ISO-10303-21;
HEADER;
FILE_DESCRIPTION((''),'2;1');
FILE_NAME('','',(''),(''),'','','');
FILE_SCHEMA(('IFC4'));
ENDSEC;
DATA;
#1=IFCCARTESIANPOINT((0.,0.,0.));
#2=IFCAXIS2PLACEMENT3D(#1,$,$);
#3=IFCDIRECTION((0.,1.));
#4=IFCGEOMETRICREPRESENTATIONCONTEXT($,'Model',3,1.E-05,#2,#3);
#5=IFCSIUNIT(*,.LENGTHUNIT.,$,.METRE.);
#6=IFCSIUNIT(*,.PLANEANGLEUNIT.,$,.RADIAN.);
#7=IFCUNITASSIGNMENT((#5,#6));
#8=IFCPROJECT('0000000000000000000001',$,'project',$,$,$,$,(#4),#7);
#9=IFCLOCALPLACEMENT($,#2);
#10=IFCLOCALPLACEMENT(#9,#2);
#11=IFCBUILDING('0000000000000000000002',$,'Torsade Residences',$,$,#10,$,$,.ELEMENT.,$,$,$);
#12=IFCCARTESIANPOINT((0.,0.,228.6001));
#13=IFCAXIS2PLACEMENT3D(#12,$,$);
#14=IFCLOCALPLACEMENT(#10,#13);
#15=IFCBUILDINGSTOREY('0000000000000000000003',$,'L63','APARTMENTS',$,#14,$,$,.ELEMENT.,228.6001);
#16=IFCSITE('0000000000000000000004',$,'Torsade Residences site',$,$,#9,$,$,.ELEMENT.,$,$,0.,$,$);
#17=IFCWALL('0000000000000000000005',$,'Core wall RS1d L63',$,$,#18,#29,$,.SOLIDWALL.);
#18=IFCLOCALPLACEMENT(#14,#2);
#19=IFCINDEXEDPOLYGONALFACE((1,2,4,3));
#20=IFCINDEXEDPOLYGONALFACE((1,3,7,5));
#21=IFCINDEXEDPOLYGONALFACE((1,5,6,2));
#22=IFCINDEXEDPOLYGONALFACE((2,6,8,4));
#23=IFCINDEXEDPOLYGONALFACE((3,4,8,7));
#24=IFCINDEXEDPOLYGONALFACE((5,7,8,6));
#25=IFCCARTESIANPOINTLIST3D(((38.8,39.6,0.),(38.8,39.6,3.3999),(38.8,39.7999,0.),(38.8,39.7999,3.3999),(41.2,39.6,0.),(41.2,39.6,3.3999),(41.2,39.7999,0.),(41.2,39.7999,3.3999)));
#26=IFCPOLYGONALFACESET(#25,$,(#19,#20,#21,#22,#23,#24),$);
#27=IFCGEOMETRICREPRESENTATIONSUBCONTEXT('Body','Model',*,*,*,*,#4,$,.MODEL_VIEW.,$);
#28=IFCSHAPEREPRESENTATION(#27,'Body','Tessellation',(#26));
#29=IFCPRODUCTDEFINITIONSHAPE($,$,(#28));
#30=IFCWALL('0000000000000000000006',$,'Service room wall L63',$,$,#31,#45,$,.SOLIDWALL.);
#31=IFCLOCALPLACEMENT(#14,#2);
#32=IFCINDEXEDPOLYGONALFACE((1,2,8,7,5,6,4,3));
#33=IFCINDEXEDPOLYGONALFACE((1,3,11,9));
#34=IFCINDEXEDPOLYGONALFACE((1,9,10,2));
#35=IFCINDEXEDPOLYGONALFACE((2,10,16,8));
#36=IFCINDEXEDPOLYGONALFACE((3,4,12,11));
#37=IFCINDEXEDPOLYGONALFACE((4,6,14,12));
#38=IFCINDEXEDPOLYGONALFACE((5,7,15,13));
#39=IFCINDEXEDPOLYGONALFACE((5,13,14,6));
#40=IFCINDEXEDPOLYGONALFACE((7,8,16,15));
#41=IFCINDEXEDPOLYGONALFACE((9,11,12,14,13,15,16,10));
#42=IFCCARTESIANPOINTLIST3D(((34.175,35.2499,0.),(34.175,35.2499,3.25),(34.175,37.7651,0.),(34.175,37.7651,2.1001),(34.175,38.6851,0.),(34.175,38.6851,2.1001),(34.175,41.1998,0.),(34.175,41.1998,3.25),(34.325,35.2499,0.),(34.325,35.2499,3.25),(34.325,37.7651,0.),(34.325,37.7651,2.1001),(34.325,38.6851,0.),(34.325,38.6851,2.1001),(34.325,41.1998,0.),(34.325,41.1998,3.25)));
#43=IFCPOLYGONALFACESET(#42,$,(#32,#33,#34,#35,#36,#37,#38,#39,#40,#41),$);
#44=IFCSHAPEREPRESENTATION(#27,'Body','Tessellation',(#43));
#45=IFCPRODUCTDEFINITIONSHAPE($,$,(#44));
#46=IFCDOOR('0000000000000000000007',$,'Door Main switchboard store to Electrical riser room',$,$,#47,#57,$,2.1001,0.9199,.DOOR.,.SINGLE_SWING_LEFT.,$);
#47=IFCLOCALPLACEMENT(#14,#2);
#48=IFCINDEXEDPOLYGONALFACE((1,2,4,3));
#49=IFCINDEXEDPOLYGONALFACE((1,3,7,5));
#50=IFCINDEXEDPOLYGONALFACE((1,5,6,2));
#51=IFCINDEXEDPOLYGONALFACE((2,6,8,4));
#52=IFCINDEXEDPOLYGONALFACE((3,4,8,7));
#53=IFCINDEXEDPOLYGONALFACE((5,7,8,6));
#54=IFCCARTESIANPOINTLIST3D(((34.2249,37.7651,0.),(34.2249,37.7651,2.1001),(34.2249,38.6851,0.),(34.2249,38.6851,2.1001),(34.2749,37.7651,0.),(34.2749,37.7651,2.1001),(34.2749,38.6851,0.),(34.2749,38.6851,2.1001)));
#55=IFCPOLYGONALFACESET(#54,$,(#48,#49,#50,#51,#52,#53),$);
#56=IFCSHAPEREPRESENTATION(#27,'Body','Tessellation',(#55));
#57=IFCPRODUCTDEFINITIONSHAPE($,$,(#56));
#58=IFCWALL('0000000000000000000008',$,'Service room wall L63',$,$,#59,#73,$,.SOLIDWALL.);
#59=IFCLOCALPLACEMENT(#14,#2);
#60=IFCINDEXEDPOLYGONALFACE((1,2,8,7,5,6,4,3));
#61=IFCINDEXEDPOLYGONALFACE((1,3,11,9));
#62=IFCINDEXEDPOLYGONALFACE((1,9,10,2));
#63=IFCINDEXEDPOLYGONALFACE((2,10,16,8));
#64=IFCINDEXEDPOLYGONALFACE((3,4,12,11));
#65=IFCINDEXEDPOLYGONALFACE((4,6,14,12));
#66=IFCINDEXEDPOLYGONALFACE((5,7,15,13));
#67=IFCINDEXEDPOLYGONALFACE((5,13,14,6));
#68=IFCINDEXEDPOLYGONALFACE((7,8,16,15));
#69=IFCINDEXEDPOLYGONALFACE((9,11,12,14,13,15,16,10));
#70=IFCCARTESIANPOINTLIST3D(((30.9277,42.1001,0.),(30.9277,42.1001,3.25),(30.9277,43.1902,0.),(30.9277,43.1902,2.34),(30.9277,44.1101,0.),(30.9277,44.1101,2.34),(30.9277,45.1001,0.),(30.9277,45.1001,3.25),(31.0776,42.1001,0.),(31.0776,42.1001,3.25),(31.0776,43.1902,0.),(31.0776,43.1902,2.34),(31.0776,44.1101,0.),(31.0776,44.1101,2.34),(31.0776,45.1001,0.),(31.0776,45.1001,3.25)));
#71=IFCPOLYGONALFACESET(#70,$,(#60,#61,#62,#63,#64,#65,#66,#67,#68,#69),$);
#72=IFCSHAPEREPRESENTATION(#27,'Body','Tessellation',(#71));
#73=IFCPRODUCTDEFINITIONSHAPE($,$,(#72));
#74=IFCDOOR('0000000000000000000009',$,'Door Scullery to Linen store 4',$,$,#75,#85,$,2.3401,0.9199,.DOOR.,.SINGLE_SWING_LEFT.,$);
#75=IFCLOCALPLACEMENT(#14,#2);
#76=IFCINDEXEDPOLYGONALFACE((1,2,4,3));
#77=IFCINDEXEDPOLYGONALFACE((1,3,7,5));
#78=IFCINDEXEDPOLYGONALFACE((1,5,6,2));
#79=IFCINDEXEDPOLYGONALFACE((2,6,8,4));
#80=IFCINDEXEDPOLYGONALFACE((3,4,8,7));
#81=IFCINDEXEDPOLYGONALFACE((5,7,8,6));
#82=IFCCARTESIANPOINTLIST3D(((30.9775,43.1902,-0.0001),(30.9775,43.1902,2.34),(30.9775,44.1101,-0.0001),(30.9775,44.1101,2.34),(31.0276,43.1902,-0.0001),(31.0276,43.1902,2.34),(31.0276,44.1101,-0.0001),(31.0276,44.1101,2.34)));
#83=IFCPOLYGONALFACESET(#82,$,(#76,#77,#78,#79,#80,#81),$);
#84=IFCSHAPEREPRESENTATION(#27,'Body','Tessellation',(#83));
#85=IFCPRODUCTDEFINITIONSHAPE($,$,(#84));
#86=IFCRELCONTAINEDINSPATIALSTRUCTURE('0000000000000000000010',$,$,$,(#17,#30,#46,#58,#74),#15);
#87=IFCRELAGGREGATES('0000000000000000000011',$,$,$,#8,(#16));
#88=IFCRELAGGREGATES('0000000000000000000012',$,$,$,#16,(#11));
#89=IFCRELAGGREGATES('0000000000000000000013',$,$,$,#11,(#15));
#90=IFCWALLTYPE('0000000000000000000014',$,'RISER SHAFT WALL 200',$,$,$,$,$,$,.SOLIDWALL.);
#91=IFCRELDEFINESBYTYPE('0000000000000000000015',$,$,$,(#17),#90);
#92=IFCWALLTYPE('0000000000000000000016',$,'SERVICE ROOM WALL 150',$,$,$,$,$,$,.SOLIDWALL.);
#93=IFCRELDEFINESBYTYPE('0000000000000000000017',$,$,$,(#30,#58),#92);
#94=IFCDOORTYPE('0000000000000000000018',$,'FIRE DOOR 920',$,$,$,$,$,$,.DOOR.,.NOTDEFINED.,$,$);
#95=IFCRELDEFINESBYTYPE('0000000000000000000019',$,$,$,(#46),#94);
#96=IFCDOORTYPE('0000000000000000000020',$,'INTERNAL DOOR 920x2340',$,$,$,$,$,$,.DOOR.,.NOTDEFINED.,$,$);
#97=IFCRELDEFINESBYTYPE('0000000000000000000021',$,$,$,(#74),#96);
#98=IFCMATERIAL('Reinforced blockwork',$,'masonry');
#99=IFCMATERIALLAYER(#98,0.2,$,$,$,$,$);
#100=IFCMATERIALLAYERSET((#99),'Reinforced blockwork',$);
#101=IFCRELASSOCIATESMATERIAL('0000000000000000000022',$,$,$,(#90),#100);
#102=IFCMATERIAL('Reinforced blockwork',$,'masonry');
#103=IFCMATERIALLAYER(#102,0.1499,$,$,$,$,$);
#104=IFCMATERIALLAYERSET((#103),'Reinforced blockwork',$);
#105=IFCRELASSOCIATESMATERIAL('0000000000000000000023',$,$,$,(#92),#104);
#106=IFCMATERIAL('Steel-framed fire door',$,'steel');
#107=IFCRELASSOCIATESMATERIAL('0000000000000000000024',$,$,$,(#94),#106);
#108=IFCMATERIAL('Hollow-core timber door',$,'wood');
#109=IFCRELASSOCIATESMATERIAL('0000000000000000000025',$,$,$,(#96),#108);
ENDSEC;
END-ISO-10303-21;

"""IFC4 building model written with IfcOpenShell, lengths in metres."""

from ifc_helpers import new_model, si_unit, direction, frame, frame_2d, origin, place, context, subcontext, project, spatial, rectangle, extrude, material, layer, layer_set, type_object, element, fill, save


model = new_model("IFC4")

# Units and contexts
model_context = context("Model", 3, precision=1e-05, world=origin(), true_north=direction((0.0, 1.0)))
body_context = subcontext(model_context, "Body", "Model", "MODEL_VIEW")
ifc_project = project(units=[si_unit("LENGTHUNIT", "METRE"), si_unit("PLANEANGLEUNIT", "RADIAN")], contexts=[model_context])

# Site, building, storey
site_placement = place(None, origin())
site = spatial("IfcSite", under=ifc_project, at=site_placement, Name="Torsade Residences site", CompositionType="ELEMENT", RefElevation=0.0)
building_placement = place(site_placement, origin())
building = spatial("IfcBuilding", under=site, at=building_placement, Name="Torsade Residences", CompositionType="ELEMENT")
storey_placement = place(building_placement, frame((0.0, 0.0, 228.6001)))
storey = spatial("IfcBuildingStorey", under=building, at=storey_placement, Name="L63", Description="APARTMENTS", CompositionType="ELEMENT", Elevation=228.6001)

# Wall
ifc_material_1 = material(Name="Reinforced blockwork", Category="masonry")
ifc_layer_1 = layer(ifc_material_1, 0.2)
ifc_layer_set_1 = layer_set([ifc_layer_1], Name="Reinforced blockwork")
wall_type_1 = type_object("IfcWallType", Name="RISER SHAFT WALL 200", PredefinedType="SOLIDWALL", material=ifc_layer_set_1)
wall_1_placement = place(storey_placement, frame((38.8, 39.7, 0.0), z_axis=(0.0, 0.0, 1.0), x_axis=(1.0, 0.0, 0.0)))
element("IfcWall", 1, at=wall_1_placement, inside=storey, type_object=wall_type_1, Name="Core wall RS1d L63", PredefinedType="SOLIDWALL", context=body_context, shape_type="SweptSolid", body=[
    extrude(rectangle(XDim=2.3999, YDim=0.2, at=frame_2d((1.2, 0.0))), origin(), (0.0, 0.0, 1.0), 3.3999),
])

# Walls, openings, doors
ifc_material_2 = material(Name="Reinforced blockwork", Category="masonry")
ifc_layer_2 = layer(ifc_material_2, 0.1499)
ifc_layer_set_2 = layer_set([ifc_layer_2], Name="Reinforced blockwork")
wall_type_2 = type_object("IfcWallType", Name="SERVICE ROOM WALL 150", PredefinedType="SOLIDWALL", material=ifc_layer_set_2)
wall_2_placement = place(storey_placement, frame((34.25, 41.2, 0.0), z_axis=(0.0, 0.0, 1.0), x_axis=(0.0, -1.0, 0.0)))
wall_2 = element("IfcWall", 2, at=wall_2_placement, inside=storey, type_object=wall_type_2, Name="Service room wall L63", PredefinedType="SOLIDWALL", context=body_context, shape_type="SweptSolid", body=[
    extrude(rectangle(XDim=5.95, YDim=0.1499, at=frame_2d((2.9751, 0.0))), origin(), (0.0, 0.0, 1.0), 3.25),
])
opening_1_placement = place(wall_2_placement, frame((2.5149, 0.0, 0.0)))
opening_1 = element("IfcOpeningElement", 3, at=opening_1_placement, cuts=wall_2, PredefinedType="OPENING", context=body_context, shape_type="SweptSolid", body=[
    extrude(rectangle(XDim=0.9199, YDim=2.1001, at=frame_2d((0.46, 1.05))), frame((0.0, 0.085, 0.0), z_axis=(0.0, -1.0, 0.0), x_axis=(1.0, 0.0, 0.0)), (0.0, 0.0, 1.0), 0.1699),
])
ifc_material_3 = material(Name="Steel-framed fire door", Category="steel")
door_type_1 = type_object("IfcDoorType", Name="FIRE DOOR 920", OperationType="NOTDEFINED", PredefinedType="DOOR", material=ifc_material_3)
door_1_placement = place(opening_1_placement, origin())
door_1 = element("IfcDoor", 4, at=door_1_placement, inside=storey, type_object=door_type_1, Name="Door Main switchboard store to Electrical riser room", OperationType="SINGLE_SWING_LEFT", OverallHeight=2.1001, OverallWidth=0.9199, PredefinedType="DOOR", context=body_context, shape_type="SweptSolid", body=[
    extrude(rectangle(XDim=0.9199, YDim=2.1001, at=frame_2d((0.46, 1.05))), frame((0.0, 0.0249, 0.0), z_axis=(0.0, -1.0, 0.0), x_axis=(1.0, 0.0, 0.0)), (0.0, 0.0, 1.0), 0.05),
])
fill(opening_1, door_1)
wall_3_placement = place(storey_placement, frame((31.0027, 45.1001, 0.0), z_axis=(0.0, 0.0, 1.0), x_axis=(0.0, -1.0, 0.0)))
wall_3 = element("IfcWall", 5, at=wall_3_placement, inside=storey, type_object=wall_type_2, Name="Service room wall L63", PredefinedType="SOLIDWALL", context=body_context, shape_type="SweptSolid", body=[
    extrude(rectangle(XDim=3.0, YDim=0.1499, at=frame_2d((1.5, 0.0))), origin(), (0.0, 0.0, 1.0), 3.25),
])
opening_2_placement = place(wall_3_placement, frame((0.99, 0.0, 0.0)))
opening_2 = element("IfcOpeningElement", 6, at=opening_2_placement, cuts=wall_3, PredefinedType="OPENING", context=body_context, shape_type="SweptSolid", body=[
    extrude(rectangle(XDim=0.9199, YDim=2.3401, at=frame_2d((0.46, 1.1699))), frame((0.0, 0.085, 0.0), z_axis=(0.0, -1.0, 0.0), x_axis=(1.0, 0.0, 0.0)), (0.0, 0.0, 1.0), 0.1699),
])
ifc_material_4 = material(Name="Hollow-core timber door", Category="wood")
door_type_2 = type_object("IfcDoorType", Name="INTERNAL DOOR 920x2340", OperationType="NOTDEFINED", PredefinedType="DOOR", material=ifc_material_4)
door_2_placement = place(opening_2_placement, origin())
door_2 = element("IfcDoor", 7, at=door_2_placement, inside=storey, type_object=door_type_2, Name="Door Scullery to Linen store 4", OperationType="SINGLE_SWING_LEFT", OverallHeight=2.3401, OverallWidth=0.9199, PredefinedType="DOOR", context=body_context, shape_type="SweptSolid", body=[
    extrude(rectangle(XDim=0.9199, YDim=2.3401, at=frame_2d((0.46, 1.1699))), frame((0.0, 0.0249, 0.0), z_axis=(0.0, -1.0, 0.0), x_axis=(1.0, 0.0, 0.0)), (0.0, 0.0, 1.0), 0.05),
])
fill(opening_2, door_2)

save(model, "model.ifc")
